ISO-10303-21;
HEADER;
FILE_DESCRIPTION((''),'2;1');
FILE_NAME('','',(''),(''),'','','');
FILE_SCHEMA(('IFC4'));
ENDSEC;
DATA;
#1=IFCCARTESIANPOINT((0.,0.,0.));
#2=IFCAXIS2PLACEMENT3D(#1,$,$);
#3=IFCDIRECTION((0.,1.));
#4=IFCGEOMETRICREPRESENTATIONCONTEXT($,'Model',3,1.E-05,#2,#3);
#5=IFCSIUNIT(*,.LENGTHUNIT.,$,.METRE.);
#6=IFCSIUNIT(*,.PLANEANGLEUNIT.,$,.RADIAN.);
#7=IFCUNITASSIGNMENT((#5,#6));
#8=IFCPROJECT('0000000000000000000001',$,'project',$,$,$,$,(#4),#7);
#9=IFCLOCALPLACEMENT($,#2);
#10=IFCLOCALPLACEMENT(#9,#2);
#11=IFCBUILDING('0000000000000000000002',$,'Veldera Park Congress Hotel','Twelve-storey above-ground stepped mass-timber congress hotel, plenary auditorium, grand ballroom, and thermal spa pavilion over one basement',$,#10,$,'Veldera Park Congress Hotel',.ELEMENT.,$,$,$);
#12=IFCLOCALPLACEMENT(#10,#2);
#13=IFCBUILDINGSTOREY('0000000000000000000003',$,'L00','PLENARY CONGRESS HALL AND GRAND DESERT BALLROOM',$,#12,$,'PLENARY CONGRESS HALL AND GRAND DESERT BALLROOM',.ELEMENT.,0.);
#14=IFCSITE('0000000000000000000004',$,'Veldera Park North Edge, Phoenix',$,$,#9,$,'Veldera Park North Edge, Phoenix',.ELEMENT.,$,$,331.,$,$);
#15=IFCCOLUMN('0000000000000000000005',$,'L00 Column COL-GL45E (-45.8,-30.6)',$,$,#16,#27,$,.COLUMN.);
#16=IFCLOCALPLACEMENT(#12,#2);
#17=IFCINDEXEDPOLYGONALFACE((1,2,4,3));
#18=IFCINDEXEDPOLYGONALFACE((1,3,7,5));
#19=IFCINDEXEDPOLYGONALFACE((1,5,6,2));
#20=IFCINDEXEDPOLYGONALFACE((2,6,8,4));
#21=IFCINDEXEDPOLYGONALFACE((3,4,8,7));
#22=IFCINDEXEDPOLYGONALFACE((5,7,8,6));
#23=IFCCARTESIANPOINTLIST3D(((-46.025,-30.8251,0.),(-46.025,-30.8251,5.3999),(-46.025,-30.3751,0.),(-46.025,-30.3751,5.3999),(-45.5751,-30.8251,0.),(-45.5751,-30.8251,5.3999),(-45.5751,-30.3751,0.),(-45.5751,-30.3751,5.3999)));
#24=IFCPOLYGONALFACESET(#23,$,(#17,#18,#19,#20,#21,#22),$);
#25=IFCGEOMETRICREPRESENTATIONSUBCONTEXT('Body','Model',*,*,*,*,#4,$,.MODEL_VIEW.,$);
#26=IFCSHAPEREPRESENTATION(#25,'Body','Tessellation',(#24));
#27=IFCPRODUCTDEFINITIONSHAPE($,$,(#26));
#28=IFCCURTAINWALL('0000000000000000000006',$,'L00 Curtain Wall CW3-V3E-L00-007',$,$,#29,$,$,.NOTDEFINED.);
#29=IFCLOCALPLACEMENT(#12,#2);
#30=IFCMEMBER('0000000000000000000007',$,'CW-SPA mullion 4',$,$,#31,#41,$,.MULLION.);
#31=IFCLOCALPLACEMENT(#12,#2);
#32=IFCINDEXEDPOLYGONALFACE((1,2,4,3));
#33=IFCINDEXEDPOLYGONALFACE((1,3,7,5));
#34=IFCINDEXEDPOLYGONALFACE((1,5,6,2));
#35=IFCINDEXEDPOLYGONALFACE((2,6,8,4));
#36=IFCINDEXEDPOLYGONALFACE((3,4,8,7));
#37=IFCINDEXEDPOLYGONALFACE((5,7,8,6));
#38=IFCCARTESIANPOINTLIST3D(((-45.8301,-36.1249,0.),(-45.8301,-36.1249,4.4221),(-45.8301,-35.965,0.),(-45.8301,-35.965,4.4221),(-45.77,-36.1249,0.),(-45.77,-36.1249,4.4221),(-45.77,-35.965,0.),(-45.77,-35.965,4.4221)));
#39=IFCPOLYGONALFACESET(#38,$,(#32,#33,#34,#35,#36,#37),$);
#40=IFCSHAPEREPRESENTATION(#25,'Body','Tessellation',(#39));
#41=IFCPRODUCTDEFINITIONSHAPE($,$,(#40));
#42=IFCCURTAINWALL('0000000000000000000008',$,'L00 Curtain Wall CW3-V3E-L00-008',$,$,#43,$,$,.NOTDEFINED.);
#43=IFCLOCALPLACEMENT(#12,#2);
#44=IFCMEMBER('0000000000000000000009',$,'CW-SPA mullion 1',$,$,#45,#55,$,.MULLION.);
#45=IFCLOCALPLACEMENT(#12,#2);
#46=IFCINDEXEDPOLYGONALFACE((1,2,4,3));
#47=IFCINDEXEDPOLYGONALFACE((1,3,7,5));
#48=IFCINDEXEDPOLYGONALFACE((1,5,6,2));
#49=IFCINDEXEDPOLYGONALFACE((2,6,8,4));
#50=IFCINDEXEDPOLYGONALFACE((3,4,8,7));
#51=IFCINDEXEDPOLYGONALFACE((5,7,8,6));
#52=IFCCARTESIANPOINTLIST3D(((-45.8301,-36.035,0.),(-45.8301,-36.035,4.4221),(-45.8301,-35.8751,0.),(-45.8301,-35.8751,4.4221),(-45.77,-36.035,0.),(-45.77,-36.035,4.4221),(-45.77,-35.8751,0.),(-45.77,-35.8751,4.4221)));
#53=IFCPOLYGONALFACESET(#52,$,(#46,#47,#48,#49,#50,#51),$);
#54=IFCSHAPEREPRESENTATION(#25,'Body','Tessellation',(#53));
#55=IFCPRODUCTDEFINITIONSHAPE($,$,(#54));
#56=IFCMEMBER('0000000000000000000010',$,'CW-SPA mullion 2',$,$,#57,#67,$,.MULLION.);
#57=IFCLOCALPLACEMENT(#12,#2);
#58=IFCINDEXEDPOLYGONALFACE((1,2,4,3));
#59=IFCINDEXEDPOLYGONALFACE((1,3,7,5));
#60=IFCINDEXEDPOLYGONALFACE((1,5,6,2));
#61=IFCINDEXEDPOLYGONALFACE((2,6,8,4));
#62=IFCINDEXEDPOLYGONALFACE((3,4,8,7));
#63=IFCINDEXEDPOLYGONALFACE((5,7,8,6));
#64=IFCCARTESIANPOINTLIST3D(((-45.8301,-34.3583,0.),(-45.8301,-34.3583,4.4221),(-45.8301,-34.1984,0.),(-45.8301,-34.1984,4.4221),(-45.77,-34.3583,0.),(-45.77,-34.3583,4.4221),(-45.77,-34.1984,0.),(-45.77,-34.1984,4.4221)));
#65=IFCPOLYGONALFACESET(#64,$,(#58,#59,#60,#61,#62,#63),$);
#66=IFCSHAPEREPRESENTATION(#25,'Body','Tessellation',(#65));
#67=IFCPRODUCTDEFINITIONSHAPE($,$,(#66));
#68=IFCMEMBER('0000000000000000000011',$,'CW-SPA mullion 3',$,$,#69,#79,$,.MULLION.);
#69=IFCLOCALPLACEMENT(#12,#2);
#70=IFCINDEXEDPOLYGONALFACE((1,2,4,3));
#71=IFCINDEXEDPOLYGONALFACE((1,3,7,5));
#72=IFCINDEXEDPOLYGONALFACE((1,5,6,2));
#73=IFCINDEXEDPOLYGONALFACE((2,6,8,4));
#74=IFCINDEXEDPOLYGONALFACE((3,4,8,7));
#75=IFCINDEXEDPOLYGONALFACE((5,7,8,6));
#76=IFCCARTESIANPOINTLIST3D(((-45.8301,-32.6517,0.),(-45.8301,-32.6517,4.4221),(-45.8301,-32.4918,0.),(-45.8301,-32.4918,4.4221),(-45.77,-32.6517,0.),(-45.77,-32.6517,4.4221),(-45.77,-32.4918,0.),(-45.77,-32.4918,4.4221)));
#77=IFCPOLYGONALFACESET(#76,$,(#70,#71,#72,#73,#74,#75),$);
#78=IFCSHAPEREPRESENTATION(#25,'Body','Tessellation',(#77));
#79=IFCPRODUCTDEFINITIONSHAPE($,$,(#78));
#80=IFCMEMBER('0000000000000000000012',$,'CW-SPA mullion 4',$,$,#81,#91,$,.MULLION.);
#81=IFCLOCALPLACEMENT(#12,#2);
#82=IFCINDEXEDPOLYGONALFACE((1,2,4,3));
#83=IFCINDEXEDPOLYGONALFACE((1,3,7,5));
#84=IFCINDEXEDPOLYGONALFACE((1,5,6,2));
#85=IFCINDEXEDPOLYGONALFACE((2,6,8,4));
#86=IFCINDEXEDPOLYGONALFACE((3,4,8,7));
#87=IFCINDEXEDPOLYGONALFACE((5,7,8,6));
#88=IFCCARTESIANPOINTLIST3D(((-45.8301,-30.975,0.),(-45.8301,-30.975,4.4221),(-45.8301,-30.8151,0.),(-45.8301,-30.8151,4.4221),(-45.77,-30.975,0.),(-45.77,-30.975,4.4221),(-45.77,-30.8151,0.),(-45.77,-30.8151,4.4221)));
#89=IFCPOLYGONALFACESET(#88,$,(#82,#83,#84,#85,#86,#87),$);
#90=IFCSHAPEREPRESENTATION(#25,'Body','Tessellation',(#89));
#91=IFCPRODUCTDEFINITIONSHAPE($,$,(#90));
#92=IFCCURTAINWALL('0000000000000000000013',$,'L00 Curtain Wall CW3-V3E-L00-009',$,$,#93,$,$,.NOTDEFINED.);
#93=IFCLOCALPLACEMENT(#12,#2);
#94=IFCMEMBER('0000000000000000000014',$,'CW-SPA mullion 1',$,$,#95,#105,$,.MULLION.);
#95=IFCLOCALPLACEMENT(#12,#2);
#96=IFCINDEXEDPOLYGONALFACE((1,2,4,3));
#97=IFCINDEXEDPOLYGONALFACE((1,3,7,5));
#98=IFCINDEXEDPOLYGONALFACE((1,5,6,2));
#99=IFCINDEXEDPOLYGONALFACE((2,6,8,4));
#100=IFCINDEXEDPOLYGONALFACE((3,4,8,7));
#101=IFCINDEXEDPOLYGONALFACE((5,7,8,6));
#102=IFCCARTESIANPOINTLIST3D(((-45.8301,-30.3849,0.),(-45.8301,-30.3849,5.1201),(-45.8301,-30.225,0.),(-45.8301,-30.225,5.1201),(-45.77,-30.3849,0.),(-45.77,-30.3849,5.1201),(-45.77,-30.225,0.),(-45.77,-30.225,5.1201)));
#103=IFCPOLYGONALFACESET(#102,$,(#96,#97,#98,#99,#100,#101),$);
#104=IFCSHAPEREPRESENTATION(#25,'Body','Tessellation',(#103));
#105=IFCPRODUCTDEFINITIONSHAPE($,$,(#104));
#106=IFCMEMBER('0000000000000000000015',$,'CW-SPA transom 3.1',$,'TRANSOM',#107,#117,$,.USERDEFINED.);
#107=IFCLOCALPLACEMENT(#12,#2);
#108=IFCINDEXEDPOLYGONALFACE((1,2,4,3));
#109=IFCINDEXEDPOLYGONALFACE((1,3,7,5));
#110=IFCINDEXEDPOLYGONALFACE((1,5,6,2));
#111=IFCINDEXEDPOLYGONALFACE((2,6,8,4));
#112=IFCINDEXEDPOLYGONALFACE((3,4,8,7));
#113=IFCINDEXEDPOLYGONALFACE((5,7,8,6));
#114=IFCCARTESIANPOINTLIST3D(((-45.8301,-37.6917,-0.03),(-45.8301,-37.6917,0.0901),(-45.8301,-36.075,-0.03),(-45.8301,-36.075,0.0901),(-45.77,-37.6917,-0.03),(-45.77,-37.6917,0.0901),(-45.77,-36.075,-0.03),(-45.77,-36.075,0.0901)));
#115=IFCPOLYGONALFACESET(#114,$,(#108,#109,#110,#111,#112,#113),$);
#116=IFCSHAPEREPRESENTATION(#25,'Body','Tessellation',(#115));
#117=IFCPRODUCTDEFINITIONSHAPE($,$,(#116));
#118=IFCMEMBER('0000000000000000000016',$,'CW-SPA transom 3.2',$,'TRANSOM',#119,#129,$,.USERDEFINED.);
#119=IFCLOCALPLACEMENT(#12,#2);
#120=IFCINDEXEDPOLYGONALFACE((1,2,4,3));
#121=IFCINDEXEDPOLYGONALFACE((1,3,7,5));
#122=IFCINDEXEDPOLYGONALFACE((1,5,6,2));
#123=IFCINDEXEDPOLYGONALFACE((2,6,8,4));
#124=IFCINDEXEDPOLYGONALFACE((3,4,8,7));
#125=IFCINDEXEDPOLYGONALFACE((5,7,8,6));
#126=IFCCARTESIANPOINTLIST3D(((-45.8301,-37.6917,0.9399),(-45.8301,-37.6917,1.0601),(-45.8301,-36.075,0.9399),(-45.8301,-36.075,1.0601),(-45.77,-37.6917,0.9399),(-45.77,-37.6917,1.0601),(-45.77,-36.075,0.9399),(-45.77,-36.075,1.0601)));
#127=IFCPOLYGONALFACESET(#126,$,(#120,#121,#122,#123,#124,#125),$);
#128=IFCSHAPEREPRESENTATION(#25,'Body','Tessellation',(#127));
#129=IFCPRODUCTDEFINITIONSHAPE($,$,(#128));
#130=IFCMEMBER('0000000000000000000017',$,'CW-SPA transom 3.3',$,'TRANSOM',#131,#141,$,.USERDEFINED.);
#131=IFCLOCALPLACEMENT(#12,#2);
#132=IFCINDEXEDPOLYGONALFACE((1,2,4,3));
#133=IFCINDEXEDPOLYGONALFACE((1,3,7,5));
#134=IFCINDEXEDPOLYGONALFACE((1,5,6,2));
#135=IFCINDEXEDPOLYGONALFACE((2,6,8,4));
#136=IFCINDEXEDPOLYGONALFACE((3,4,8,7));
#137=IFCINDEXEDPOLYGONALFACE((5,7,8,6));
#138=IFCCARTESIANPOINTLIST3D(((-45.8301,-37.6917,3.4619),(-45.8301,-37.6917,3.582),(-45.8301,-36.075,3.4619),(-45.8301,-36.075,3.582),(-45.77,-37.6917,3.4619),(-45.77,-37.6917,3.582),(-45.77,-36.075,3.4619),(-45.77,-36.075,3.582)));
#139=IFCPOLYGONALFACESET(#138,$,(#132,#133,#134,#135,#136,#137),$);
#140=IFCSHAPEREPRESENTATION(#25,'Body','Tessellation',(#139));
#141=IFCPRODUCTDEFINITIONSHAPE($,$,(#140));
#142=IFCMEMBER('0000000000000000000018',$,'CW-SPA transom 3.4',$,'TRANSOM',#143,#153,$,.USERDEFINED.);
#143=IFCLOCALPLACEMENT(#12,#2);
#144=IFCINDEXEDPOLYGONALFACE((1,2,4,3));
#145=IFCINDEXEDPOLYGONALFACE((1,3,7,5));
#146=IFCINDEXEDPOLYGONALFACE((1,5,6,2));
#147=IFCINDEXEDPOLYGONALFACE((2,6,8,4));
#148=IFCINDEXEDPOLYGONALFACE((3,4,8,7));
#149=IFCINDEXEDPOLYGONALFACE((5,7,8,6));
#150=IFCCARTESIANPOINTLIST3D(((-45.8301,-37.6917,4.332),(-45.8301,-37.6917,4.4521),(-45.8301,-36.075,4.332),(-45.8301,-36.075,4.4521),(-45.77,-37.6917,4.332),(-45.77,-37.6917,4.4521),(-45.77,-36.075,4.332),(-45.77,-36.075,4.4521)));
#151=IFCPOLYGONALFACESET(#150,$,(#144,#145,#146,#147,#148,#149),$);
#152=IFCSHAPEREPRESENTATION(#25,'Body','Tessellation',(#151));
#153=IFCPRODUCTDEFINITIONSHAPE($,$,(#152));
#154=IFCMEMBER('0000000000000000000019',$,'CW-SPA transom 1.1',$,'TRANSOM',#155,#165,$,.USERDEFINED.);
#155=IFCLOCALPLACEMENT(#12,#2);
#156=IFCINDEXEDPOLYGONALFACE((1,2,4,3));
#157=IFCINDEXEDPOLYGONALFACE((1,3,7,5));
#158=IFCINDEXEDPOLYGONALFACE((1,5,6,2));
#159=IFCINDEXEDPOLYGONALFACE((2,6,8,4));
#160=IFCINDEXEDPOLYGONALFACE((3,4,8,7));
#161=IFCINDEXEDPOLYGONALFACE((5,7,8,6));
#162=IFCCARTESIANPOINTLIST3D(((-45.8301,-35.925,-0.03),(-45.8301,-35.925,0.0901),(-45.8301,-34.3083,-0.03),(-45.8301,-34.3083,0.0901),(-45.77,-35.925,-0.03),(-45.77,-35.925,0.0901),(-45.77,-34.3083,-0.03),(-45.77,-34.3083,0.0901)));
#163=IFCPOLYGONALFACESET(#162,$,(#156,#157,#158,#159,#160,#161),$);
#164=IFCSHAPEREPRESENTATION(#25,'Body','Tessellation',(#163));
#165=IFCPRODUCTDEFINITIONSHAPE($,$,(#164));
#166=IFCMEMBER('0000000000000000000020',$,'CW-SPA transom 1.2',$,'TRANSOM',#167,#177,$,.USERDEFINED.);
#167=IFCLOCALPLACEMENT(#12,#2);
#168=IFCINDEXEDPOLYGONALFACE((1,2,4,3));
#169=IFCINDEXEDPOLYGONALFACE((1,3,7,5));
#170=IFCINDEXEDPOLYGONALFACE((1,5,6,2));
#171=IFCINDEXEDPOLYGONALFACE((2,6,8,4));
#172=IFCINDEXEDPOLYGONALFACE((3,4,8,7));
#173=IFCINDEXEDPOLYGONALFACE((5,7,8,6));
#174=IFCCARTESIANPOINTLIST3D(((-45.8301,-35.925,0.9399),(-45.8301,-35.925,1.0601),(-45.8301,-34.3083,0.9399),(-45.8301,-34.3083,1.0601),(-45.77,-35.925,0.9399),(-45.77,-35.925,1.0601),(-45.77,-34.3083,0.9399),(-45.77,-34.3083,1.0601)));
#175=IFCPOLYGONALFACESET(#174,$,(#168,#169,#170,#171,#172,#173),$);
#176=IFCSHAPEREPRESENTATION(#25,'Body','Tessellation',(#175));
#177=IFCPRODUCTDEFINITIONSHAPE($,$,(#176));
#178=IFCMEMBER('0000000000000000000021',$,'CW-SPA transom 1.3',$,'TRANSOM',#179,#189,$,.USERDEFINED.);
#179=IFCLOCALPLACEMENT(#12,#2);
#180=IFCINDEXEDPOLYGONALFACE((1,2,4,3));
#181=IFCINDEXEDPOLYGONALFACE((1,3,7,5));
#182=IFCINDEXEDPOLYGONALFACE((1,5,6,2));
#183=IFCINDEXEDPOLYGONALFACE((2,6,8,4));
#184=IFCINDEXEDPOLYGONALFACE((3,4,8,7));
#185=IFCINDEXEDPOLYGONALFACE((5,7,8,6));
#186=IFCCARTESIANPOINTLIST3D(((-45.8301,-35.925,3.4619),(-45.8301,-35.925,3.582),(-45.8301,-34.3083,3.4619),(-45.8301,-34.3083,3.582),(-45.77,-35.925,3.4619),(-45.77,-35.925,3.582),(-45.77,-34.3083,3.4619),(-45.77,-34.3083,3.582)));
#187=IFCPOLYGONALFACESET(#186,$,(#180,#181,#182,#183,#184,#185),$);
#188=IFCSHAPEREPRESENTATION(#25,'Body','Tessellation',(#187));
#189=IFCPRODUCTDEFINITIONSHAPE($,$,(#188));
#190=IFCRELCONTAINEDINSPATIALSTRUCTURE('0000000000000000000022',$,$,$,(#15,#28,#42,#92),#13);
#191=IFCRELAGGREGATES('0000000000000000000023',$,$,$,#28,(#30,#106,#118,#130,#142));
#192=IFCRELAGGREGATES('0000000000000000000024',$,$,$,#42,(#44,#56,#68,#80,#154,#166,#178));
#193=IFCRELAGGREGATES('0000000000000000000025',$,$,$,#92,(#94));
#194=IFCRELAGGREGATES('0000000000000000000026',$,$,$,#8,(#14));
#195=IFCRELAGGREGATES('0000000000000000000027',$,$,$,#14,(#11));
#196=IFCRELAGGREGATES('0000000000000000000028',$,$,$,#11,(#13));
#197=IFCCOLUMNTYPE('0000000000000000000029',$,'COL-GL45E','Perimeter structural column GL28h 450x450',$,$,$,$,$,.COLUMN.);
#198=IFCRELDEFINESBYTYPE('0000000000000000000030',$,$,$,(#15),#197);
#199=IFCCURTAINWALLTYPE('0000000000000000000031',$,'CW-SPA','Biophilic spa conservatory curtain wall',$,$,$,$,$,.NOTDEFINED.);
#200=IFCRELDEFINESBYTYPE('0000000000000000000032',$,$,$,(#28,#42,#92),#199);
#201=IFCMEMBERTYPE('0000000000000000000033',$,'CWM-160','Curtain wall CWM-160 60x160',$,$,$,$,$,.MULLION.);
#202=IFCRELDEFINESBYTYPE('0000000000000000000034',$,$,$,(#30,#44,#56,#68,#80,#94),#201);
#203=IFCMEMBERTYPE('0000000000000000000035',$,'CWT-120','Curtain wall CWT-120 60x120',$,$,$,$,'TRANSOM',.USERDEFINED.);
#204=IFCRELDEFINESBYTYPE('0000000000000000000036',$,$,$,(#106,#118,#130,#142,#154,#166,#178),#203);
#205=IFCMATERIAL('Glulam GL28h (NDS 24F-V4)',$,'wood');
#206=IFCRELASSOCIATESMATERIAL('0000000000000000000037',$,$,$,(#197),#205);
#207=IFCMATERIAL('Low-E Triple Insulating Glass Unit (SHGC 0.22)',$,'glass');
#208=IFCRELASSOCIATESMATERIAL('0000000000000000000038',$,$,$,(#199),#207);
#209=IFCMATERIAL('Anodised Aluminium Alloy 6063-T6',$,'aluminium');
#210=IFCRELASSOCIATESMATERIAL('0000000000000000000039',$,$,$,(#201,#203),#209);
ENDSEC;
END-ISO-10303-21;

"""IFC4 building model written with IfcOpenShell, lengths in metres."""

from ifc_helpers import new_model, si_unit, direction, frame, origin, origin_2d, place, context, subcontext, project, spatial, rectangle, extrude, material, material_profile, profile_set, type_object, element, aggregate, save


model = new_model("IFC4")

# Units and contexts
model_context = context("Model", 3, precision=1e-05, world=origin(), true_north=direction((0.0, 1.0)))
body_context = subcontext(model_context, "Body", "Model", "MODEL_VIEW")
ifc_project = project(units=[si_unit("LENGTHUNIT", "METRE"), si_unit("PLANEANGLEUNIT", "RADIAN")], contexts=[model_context])

# Site, building, storey
site_placement = place(None, origin())
site = spatial("IfcSite", under=ifc_project, at=site_placement, Name="Veldera Park North Edge, Phoenix", LongName="Veldera Park North Edge, Phoenix", CompositionType="ELEMENT", RefElevation=331.0)
building_placement = place(site_placement, origin())
building = spatial("IfcBuilding", under=site, at=building_placement, Name="Veldera Park Congress Hotel", Description="Twelve-storey above-ground stepped mass-timber congress hotel, plenary auditorium, grand ballroom, and thermal spa pavilion over one basement", LongName="Veldera Park Congress Hotel", CompositionType="ELEMENT")
storey_placement = place(building_placement, origin())
storey = spatial("IfcBuildingStorey", under=building, at=storey_placement, Name="L00", Description="PLENARY CONGRESS HALL AND GRAND DESERT BALLROOM", LongName="PLENARY CONGRESS HALL AND GRAND DESERT BALLROOM", CompositionType="ELEMENT", Elevation=0.0)

# Column
ifc_material_1 = material(Name="Glulam GL28h (NDS 24F-V4)", Category="wood")
ifc_material_profile_1 = material_profile(ifc_material_1, rectangle(XDim=0.45, YDim=0.45, at=origin_2d()), Name="GL28h 450x450")
ifc_profile_set_1 = profile_set([ifc_material_profile_1], Name="Glulam GL28h (NDS 24F-V4)")
column_type = type_object("IfcColumnType", Name="COL-GL45E", Description="Perimeter structural column GL28h 450x450", PredefinedType="COLUMN", material=ifc_profile_set_1)
column_placement = place(storey_placement, frame((-45.8, -30.6001, 0.0), z_axis=(0.0, 0.0, 1.0), x_axis=(1.0, 0.0, 0.0)))
element("IfcColumn", 1, at=column_placement, inside=storey, type_object=column_type, Name="L00 Column COL-GL45E (-45.8,-30.6)", PredefinedType="COLUMN", context=body_context, shape_type="SweptSolid", body=[
    extrude(rectangle(XDim=0.45, YDim=0.45, at=origin_2d()), origin(), (0.0, 0.0, 1.0), 5.3999),
])

# Curtain wall, member
ifc_material_2 = material(Name="Low-E Triple Insulating Glass Unit (SHGC 0.22)", Category="glass")
curtain_wall_type = type_object("IfcCurtainWallType", Name="CW-SPA", Description="Biophilic spa conservatory curtain wall", PredefinedType="NOTDEFINED", material=ifc_material_2)
curtain_wall_1_placement = place(storey_placement, origin())
curtain_wall_1 = element("IfcCurtainWall", 2, at=curtain_wall_1_placement, inside=storey, type_object=curtain_wall_type, Name="L00 Curtain Wall CW3-V3E-L00-007", PredefinedType="NOTDEFINED")
ifc_material_3 = material(Name="Anodised Aluminium Alloy 6063-T6", Category="aluminium")
ifc_material_profile_2 = material_profile(ifc_material_3, rectangle(XDim=0.0601, YDim=0.1599, at=origin_2d()), Name="ALU 60x160")
ifc_profile_set_2 = profile_set([ifc_material_profile_2], Name="Anodised Aluminium Alloy 6063-T6")
member_type_1 = type_object("IfcMemberType", Name="CWM-160", Description="Curtain wall CWM-160 60x160", PredefinedType="MULLION", material=ifc_profile_set_2)
member_1_placement = place(storey_placement, frame((-45.8, -36.0449, 0.0), z_axis=(0.0, 0.0, 1.0), x_axis=(-1.0, 0.0, 0.0)))
member_1 = element("IfcMember", 3, at=member_1_placement, type_object=member_type_1, Name="CW-SPA mullion 4", PredefinedType="MULLION", context=body_context, shape_type="SweptSolid", body=[
    extrude(rectangle(XDim=0.0601, YDim=0.1599, at=origin_2d()), origin(), (0.0, 0.0, 1.0), 4.4221),
])

# Curtain wall, members
curtain_wall_2_placement = place(storey_placement, origin())
curtain_wall_2 = element("IfcCurtainWall", 4, at=curtain_wall_2_placement, inside=storey, type_object=curtain_wall_type, Name="L00 Curtain Wall CW3-V3E-L00-008", PredefinedType="NOTDEFINED")
member_2_placement = place(storey_placement, frame((-45.8, -35.9551, 0.0), z_axis=(0.0, 0.0, 1.0), x_axis=(-1.0, 0.0, 0.0)))
member_2 = element("IfcMember", 5, at=member_2_placement, type_object=member_type_1, Name="CW-SPA mullion 1", PredefinedType="MULLION", context=body_context, shape_type="SweptSolid", body=[
    extrude(rectangle(XDim=0.0601, YDim=0.1599, at=origin_2d()), origin(), (0.0, 0.0, 1.0), 4.4221),
])
member_3_placement = place(storey_placement, frame((-45.8, -34.2783, 0.0), z_axis=(0.0, 0.0, 1.0), x_axis=(-1.0, 0.0, 0.0)))
member_3 = element("IfcMember", 6, at=member_3_placement, type_object=member_type_1, Name="CW-SPA mullion 2", PredefinedType="MULLION", context=body_context, shape_type="SweptSolid", body=[
    extrude(rectangle(XDim=0.0601, YDim=0.1599, at=origin_2d()), origin(), (0.0, 0.0, 1.0), 4.4221),
])
member_4_placement = place(storey_placement, frame((-45.8, -32.5718, 0.0), z_axis=(0.0, 0.0, 1.0), x_axis=(-1.0, 0.0, 0.0)))
member_4 = element("IfcMember", 7, at=member_4_placement, type_object=member_type_1, Name="CW-SPA mullion 3", PredefinedType="MULLION", context=body_context, shape_type="SweptSolid", body=[
    extrude(rectangle(XDim=0.0601, YDim=0.1599, at=origin_2d()), origin(), (0.0, 0.0, 1.0), 4.4221),
])
member_5_placement = place(storey_placement, frame((-45.8, -30.895, 0.0), z_axis=(0.0, 0.0, 1.0), x_axis=(-1.0, 0.0, 0.0)))
member_5 = element("IfcMember", 8, at=member_5_placement, type_object=member_type_1, Name="CW-SPA mullion 4", PredefinedType="MULLION", context=body_context, shape_type="SweptSolid", body=[
    extrude(rectangle(XDim=0.0601, YDim=0.1599, at=origin_2d()), origin(), (0.0, 0.0, 1.0), 4.4221),
])

# Curtain wall, member
curtain_wall_3_placement = place(storey_placement, origin())
curtain_wall_3 = element("IfcCurtainWall", 9, at=curtain_wall_3_placement, inside=storey, type_object=curtain_wall_type, Name="L00 Curtain Wall CW3-V3E-L00-009", PredefinedType="NOTDEFINED")
member_6_placement = place(storey_placement, frame((-45.8, -30.3049, 0.0), z_axis=(0.0, 0.0, 1.0), x_axis=(-1.0, 0.0, 0.0)))
member_6 = element("IfcMember", 10, at=member_6_placement, type_object=member_type_1, Name="CW-SPA mullion 1", PredefinedType="MULLION", context=body_context, shape_type="SweptSolid", body=[
    extrude(rectangle(XDim=0.0601, YDim=0.1599, at=origin_2d()), origin(), (0.0, 0.0, 1.0), 5.1201),
])

# Members
ifc_material_profile_3 = material_profile(ifc_material_3, rectangle(XDim=0.0601, YDim=0.1201, at=origin_2d()), Name="ALU 60x120")
ifc_profile_set_3 = profile_set([ifc_material_profile_3], Name="Anodised Aluminium Alloy 6063-T6")
member_type_2 = type_object("IfcMemberType", Name="CWT-120", Description="Curtain wall CWT-120 60x120", ElementType="TRANSOM", PredefinedType="USERDEFINED", material=ifc_profile_set_3)
member_7_placement = place(storey_placement, frame((-45.8, -37.6917, 0.03), z_axis=(0.0, 1.0, 0.0), x_axis=(-1.0, 0.0, 0.0)))
member_7 = element("IfcMember", 11, at=member_7_placement, type_object=member_type_2, Name="CW-SPA transom 3.1", ObjectType="TRANSOM", PredefinedType="USERDEFINED", context=body_context, shape_type="SweptSolid", body=[
    extrude(rectangle(XDim=0.0601, YDim=0.1201, at=origin_2d()), origin(), (0.0, 0.0, 1.0), 1.6167),
])
member_8_placement = place(storey_placement, frame((-45.8, -37.6917, 1.0), z_axis=(0.0, 1.0, 0.0), x_axis=(-1.0, 0.0, 0.0)))
member_8 = element("IfcMember", 12, at=member_8_placement, type_object=member_type_2, Name="CW-SPA transom 3.2", ObjectType="TRANSOM", PredefinedType="USERDEFINED", context=body_context, shape_type="SweptSolid", body=[
    extrude(rectangle(XDim=0.0601, YDim=0.1201, at=origin_2d()), origin(), (0.0, 0.0, 1.0), 1.6167),
])
member_9_placement = place(storey_placement, frame((-45.8, -37.6917, 3.522), z_axis=(0.0, 1.0, 0.0), x_axis=(-1.0, 0.0, 0.0)))
member_9 = element("IfcMember", 13, at=member_9_placement, type_object=member_type_2, Name="CW-SPA transom 3.3", ObjectType="TRANSOM", PredefinedType="USERDEFINED", context=body_context, shape_type="SweptSolid", body=[
    extrude(rectangle(XDim=0.0601, YDim=0.1201, at=origin_2d()), origin(), (0.0, 0.0, 1.0), 1.6167),
])
member_10_placement = place(storey_placement, frame((-45.8, -37.6917, 4.3921), z_axis=(0.0, 1.0, 0.0), x_axis=(-1.0, 0.0, 0.0)))
member_10 = element("IfcMember", 14, at=member_10_placement, type_object=member_type_2, Name="CW-SPA transom 3.4", ObjectType="TRANSOM", PredefinedType="USERDEFINED", context=body_context, shape_type="SweptSolid", body=[
    extrude(rectangle(XDim=0.0601, YDim=0.1201, at=origin_2d()), origin(), (0.0, 0.0, 1.0), 1.6167),
])
member_11_placement = place(storey_placement, frame((-45.8, -35.925, 0.03), z_axis=(0.0, 1.0, 0.0), x_axis=(-1.0, 0.0, 0.0)))
member_11 = element("IfcMember", 15, at=member_11_placement, type_object=member_type_2, Name="CW-SPA transom 1.1", ObjectType="TRANSOM", PredefinedType="USERDEFINED", context=body_context, shape_type="SweptSolid", body=[
    extrude(rectangle(XDim=0.0601, YDim=0.1201, at=origin_2d()), origin(), (0.0, 0.0, 1.0), 1.6167),
])
member_12_placement = place(storey_placement, frame((-45.8, -35.925, 1.0), z_axis=(0.0, 1.0, 0.0), x_axis=(-1.0, 0.0, 0.0)))
member_12 = element("IfcMember", 16, at=member_12_placement, type_object=member_type_2, Name="CW-SPA transom 1.2", ObjectType="TRANSOM", PredefinedType="USERDEFINED", context=body_context, shape_type="SweptSolid", body=[
    extrude(rectangle(XDim=0.0601, YDim=0.1201, at=origin_2d()), origin(), (0.0, 0.0, 1.0), 1.6167),
])
member_13_placement = place(storey_placement, frame((-45.8, -35.925, 3.522), z_axis=(0.0, 1.0, 0.0), x_axis=(-1.0, 0.0, 0.0)))
member_13 = element("IfcMember", 17, at=member_13_placement, type_object=member_type_2, Name="CW-SPA transom 1.3", ObjectType="TRANSOM", PredefinedType="USERDEFINED", context=body_context, shape_type="SweptSolid", body=[
    extrude(rectangle(XDim=0.0601, YDim=0.1201, at=origin_2d()), origin(), (0.0, 0.0, 1.0), 1.6167),
])

aggregate(curtain_wall_1, [member_1, member_7, member_8, member_9, member_10])
aggregate(curtain_wall_2, [member_2, member_3, member_4, member_5, member_11, member_12, member_13])
aggregate(curtain_wall_3, [member_6])

save(model, "model.ifc")
